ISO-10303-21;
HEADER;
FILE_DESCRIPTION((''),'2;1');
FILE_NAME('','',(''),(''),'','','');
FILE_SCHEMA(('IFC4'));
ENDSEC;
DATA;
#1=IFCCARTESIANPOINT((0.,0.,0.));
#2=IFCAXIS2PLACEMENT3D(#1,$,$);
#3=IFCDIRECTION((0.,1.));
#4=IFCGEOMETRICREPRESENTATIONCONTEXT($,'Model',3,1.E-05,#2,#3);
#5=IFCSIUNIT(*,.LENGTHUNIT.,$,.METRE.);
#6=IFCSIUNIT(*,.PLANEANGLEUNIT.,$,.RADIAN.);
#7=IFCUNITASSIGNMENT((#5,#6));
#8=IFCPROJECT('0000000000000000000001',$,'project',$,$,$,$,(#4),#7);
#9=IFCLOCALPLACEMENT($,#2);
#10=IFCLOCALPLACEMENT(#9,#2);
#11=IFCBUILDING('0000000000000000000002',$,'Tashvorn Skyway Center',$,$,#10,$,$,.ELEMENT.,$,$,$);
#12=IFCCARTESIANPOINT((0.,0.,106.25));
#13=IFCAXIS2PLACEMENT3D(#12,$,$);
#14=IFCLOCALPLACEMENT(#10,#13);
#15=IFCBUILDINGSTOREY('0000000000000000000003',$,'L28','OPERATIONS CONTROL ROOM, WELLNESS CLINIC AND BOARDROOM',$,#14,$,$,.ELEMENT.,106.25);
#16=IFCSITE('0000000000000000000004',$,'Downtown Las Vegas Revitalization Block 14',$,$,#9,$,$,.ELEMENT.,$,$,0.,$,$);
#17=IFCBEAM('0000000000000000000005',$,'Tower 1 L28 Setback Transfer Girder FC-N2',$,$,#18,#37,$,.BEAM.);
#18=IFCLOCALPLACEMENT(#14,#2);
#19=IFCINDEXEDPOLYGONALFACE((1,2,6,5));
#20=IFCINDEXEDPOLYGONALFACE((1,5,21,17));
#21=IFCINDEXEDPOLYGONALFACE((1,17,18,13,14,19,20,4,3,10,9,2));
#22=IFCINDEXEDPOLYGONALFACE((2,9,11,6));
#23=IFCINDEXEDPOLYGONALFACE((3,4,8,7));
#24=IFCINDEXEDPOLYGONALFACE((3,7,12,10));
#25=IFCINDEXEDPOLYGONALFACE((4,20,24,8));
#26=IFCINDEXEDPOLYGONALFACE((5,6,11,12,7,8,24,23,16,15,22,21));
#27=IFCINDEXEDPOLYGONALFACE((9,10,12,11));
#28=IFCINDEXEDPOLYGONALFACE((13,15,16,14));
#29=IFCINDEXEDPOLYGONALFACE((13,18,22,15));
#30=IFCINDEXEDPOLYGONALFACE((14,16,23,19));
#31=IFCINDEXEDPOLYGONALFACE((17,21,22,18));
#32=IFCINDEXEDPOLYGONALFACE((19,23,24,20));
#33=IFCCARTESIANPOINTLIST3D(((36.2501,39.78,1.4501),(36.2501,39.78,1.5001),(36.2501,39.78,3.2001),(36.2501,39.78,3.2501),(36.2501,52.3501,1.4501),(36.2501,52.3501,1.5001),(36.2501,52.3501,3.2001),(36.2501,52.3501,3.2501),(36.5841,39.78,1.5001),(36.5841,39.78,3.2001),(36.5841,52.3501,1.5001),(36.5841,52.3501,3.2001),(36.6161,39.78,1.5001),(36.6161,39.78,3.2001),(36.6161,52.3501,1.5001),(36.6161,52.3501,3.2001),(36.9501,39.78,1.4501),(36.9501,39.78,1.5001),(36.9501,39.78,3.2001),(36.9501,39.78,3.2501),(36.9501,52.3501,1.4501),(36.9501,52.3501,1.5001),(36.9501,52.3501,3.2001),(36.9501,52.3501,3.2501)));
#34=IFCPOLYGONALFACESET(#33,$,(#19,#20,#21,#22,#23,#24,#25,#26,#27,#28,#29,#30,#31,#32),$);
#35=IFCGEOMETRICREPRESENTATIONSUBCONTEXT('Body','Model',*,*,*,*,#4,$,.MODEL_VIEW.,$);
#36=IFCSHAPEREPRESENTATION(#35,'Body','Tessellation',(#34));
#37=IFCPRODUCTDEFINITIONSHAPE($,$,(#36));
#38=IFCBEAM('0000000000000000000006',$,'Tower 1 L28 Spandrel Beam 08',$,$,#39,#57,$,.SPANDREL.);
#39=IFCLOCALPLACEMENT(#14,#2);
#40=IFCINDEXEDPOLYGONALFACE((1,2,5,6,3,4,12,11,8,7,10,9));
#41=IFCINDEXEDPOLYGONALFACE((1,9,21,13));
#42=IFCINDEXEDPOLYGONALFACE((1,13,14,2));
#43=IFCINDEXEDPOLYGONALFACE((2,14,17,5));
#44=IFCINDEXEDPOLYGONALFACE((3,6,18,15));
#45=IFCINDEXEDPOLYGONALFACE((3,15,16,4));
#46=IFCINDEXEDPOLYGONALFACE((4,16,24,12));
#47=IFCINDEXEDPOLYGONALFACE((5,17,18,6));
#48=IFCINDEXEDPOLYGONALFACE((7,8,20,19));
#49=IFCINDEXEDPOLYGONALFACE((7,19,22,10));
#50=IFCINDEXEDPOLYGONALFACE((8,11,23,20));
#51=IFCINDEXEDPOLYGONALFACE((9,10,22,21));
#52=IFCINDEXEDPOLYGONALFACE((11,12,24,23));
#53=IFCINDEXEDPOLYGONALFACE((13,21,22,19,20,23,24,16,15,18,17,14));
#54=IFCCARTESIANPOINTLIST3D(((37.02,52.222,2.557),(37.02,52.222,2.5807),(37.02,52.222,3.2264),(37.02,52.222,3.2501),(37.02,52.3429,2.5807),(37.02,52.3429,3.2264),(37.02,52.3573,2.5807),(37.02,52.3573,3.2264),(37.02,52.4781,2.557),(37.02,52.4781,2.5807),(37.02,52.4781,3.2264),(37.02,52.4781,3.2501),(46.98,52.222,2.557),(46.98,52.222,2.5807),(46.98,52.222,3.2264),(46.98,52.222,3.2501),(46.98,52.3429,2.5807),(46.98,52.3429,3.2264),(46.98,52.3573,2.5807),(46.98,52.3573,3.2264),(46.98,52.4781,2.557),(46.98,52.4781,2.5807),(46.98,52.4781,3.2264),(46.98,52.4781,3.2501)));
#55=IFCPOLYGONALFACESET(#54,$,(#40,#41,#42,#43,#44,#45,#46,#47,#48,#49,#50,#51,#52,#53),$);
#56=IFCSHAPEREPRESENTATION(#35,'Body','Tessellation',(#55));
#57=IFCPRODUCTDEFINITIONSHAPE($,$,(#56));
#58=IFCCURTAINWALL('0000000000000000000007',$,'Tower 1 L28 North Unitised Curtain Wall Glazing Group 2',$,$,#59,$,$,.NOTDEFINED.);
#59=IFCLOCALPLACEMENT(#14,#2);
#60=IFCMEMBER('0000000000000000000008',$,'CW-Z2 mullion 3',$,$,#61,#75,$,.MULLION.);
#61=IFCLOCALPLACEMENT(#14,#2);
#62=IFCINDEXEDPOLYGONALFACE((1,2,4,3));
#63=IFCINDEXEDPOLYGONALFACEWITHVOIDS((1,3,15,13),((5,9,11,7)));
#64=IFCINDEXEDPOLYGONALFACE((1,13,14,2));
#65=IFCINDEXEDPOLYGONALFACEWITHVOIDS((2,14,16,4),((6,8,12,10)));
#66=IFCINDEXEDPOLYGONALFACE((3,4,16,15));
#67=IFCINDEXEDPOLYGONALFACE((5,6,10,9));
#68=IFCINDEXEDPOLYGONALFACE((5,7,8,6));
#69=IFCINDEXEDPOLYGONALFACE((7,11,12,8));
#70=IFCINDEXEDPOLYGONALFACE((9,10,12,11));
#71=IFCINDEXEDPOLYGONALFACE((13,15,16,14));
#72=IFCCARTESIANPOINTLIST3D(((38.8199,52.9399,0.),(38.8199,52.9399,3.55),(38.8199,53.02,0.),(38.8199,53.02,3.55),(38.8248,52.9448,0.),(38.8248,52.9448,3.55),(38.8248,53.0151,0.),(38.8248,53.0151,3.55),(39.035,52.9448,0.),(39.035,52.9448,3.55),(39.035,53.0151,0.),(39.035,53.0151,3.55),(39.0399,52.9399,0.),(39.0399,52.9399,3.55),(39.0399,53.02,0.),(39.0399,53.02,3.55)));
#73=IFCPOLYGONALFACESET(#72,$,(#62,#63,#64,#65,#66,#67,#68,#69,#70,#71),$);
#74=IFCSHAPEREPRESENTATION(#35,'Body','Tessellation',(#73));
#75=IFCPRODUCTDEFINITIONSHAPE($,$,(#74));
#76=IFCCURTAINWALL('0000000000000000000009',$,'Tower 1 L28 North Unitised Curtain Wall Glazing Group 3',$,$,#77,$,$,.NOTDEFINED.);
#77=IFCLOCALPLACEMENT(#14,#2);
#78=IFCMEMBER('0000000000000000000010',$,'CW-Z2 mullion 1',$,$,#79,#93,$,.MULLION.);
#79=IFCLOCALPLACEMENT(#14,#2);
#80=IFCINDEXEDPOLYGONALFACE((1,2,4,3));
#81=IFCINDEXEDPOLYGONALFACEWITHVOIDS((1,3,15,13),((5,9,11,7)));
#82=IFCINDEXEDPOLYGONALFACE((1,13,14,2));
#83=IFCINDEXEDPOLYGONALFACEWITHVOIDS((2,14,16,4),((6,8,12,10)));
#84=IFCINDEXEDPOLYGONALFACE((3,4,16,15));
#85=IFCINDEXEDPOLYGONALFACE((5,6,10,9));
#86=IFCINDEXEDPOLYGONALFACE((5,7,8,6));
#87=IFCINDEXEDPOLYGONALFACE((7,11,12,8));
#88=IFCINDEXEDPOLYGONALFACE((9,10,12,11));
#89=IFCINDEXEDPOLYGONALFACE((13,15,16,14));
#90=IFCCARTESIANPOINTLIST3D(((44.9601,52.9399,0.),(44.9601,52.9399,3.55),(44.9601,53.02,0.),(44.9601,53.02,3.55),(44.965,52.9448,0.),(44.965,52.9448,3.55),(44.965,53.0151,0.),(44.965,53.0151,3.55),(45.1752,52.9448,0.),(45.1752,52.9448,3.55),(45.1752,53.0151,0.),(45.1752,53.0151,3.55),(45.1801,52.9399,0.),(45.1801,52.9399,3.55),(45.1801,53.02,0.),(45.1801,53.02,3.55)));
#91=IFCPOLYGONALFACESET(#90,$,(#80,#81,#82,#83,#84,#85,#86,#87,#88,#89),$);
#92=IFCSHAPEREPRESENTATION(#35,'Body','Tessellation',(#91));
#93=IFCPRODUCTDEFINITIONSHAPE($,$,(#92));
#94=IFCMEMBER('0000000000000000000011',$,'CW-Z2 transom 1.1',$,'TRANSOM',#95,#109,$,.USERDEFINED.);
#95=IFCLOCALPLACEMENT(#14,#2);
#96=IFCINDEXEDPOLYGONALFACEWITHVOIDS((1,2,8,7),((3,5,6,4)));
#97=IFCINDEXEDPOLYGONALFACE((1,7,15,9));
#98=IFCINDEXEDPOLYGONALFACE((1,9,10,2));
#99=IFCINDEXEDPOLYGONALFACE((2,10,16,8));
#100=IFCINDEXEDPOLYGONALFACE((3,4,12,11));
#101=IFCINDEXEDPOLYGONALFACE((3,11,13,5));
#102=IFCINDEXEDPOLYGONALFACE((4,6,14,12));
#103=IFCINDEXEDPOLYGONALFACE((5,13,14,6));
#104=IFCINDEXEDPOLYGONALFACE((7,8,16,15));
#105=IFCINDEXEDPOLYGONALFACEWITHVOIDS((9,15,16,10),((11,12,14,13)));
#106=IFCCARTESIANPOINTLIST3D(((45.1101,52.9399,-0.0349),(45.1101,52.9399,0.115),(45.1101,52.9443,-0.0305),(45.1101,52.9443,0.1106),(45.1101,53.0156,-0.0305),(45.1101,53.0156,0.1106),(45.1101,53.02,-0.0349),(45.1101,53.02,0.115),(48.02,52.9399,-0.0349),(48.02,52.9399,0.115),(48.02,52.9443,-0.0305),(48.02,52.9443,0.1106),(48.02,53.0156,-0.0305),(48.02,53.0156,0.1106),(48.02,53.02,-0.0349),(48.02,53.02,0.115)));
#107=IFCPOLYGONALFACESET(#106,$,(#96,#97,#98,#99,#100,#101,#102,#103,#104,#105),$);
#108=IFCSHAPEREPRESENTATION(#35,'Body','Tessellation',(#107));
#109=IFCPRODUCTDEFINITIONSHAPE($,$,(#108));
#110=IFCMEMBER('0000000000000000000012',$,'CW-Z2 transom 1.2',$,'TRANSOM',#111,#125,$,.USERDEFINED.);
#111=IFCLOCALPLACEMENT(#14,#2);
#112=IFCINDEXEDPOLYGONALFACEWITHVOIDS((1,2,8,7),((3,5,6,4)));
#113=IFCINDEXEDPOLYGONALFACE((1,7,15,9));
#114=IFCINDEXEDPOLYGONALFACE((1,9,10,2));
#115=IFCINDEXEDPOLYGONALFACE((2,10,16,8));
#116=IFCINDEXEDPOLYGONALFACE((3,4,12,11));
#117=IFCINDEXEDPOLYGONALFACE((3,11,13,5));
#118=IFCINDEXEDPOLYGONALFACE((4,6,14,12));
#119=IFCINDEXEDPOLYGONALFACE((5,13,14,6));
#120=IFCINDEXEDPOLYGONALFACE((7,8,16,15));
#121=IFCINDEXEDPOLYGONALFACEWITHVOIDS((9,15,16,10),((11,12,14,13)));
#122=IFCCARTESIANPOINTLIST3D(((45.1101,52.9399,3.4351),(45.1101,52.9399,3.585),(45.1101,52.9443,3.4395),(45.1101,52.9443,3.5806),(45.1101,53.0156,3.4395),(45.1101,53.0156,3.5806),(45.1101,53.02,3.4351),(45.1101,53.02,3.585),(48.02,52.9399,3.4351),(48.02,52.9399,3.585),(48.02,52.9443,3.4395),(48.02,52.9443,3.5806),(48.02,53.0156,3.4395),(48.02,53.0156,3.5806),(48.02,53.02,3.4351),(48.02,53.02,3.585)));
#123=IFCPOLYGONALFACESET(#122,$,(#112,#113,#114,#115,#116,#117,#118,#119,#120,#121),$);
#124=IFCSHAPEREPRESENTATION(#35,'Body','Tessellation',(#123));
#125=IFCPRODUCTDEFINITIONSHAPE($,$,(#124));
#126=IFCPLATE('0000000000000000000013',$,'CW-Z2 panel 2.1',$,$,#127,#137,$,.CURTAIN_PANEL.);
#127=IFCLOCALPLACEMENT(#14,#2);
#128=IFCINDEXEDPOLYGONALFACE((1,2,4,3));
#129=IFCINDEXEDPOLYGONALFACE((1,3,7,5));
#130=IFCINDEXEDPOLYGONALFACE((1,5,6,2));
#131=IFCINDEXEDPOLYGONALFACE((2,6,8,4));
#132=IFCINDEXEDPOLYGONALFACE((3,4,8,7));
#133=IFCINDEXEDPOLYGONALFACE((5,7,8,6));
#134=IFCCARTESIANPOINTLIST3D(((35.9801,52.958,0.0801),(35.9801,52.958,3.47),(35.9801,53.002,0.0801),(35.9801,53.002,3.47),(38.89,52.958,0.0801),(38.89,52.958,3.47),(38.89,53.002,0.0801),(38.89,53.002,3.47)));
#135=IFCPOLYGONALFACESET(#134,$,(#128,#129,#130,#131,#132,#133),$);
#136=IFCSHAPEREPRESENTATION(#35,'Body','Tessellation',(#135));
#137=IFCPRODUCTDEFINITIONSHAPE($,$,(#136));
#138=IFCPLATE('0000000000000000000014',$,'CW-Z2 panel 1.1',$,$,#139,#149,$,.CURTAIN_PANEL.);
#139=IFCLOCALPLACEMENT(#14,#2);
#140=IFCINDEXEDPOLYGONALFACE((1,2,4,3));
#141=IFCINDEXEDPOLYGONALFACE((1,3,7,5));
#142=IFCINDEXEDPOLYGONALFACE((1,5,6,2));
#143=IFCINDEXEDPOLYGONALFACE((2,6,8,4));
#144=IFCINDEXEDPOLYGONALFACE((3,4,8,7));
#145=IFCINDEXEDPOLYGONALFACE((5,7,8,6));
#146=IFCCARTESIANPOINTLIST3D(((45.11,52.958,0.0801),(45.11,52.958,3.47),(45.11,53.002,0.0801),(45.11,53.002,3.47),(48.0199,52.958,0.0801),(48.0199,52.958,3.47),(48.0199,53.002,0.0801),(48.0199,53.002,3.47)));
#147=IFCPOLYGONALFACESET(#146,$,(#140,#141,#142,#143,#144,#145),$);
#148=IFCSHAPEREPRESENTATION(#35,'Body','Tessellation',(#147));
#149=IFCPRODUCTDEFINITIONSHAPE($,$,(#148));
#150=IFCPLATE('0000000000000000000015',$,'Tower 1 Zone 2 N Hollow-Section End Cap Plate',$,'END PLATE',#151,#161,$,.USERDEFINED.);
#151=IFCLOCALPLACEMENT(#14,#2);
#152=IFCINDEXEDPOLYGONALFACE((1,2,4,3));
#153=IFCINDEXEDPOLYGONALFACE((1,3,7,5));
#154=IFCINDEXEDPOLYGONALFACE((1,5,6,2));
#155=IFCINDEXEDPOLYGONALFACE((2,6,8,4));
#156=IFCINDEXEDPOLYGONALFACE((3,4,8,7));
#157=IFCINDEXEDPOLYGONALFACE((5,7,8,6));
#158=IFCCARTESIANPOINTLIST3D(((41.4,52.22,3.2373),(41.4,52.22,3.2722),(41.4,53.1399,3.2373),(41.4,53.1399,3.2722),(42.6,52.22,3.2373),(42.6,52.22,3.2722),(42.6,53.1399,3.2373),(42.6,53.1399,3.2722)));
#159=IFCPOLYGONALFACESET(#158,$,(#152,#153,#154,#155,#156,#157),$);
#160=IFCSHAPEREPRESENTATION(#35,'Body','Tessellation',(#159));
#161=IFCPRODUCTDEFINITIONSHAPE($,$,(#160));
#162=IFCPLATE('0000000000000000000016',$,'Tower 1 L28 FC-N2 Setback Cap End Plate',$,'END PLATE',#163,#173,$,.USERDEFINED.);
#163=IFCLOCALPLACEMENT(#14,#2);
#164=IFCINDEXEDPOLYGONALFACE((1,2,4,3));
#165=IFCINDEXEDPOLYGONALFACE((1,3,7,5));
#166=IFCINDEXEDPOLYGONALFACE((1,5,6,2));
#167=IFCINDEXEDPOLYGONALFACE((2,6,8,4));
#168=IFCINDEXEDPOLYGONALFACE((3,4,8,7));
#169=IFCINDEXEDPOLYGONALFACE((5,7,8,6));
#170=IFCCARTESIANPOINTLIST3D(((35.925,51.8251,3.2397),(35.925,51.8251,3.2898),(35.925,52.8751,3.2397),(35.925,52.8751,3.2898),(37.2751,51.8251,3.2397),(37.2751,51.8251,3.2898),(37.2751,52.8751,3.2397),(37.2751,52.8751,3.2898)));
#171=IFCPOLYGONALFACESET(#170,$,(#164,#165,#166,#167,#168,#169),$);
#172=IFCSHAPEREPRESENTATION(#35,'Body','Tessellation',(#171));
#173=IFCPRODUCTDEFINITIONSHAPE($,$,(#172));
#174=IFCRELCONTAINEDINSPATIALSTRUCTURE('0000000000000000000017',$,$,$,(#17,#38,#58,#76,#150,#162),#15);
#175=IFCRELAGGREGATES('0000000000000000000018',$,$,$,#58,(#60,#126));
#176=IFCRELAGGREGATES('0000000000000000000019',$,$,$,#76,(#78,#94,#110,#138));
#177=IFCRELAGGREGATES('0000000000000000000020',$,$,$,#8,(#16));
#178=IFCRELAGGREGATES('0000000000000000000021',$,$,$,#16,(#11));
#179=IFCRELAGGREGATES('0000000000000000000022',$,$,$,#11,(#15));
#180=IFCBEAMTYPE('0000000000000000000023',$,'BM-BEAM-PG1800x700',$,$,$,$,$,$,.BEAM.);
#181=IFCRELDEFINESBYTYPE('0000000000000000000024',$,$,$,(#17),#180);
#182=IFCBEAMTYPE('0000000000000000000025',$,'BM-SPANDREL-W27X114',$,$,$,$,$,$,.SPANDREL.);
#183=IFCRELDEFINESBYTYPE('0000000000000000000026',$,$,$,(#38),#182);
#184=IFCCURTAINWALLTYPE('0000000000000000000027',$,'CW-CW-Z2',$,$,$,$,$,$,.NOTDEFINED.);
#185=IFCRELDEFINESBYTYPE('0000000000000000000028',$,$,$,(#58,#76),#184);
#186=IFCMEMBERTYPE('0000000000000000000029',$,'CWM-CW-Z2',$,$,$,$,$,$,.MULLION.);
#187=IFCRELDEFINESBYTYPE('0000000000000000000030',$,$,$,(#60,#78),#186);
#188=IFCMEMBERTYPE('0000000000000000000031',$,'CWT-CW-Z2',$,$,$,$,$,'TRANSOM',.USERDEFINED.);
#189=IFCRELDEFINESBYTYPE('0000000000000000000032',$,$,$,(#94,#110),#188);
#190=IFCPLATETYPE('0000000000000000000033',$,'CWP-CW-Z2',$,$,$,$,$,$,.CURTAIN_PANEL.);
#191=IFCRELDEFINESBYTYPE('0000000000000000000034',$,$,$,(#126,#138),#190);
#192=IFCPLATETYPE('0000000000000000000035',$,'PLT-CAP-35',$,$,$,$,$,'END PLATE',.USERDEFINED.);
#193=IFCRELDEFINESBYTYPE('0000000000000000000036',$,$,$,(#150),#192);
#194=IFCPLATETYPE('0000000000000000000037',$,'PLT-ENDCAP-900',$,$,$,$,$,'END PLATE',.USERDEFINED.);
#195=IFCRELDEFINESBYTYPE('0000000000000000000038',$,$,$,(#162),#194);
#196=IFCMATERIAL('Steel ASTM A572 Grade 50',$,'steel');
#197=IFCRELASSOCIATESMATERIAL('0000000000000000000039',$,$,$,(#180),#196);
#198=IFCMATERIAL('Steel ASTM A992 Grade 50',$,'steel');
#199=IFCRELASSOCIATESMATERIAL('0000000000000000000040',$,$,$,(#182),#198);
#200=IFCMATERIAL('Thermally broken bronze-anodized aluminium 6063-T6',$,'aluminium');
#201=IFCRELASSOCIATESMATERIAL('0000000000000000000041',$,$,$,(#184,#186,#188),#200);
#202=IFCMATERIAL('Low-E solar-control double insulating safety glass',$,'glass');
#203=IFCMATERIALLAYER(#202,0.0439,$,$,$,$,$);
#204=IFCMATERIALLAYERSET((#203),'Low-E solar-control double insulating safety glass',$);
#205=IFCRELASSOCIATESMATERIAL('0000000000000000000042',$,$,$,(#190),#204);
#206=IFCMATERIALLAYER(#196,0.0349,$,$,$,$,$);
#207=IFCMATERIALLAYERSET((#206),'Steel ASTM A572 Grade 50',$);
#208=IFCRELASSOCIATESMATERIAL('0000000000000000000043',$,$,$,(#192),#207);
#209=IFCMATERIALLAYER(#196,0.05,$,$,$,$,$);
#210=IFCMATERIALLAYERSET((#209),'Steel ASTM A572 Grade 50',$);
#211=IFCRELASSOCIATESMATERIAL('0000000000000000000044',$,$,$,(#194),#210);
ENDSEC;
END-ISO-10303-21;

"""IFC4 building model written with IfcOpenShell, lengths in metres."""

from ifc_helpers import new_model, si_unit, direction, frame, origin, origin_2d, place, context, subcontext, project, spatial, rectangle, hollow_rectangle, i_section, extrude, material, layer, layer_set, material_profile, profile_set, type_object, element, aggregate, save


model = new_model("IFC4")

# Units and contexts
model_context = context("Model", 3, precision=1e-05, world=origin(), true_north=direction((0.0, 1.0)))
body_context = subcontext(model_context, "Body", "Model", "MODEL_VIEW")
ifc_project = project(units=[si_unit("LENGTHUNIT", "METRE"), si_unit("PLANEANGLEUNIT", "RADIAN")], contexts=[model_context])

# Site, building, storey
site_placement = place(None, origin())
site = spatial("IfcSite", under=ifc_project, at=site_placement, Name="Downtown Las Vegas Revitalization Block 14", CompositionType="ELEMENT", RefElevation=0.0)
building_placement = place(site_placement, origin())
building = spatial("IfcBuilding", under=site, at=building_placement, Name="Tashvorn Skyway Center", CompositionType="ELEMENT")
storey_placement = place(building_placement, frame((0.0, 0.0, 106.25)))
storey = spatial("IfcBuildingStorey", under=building, at=storey_placement, Name="L28", Description="OPERATIONS CONTROL ROOM, WELLNESS CLINIC AND BOARDROOM", CompositionType="ELEMENT", Elevation=106.25)

# Beams
ifc_material_1 = material(Name="Steel ASTM A572 Grade 50", Category="steel")
ifc_material_profile_1 = material_profile(ifc_material_1, i_section(OverallWidth=0.7, OverallDepth=1.8, WebThickness=0.032, FlangeThickness=0.05, at=origin_2d()), Name="PG1800x700")
ifc_profile_set_1 = profile_set([ifc_material_profile_1], Name="Steel ASTM A572 Grade 50")
beam_type_1 = type_object("IfcBeamType", Name="BM-BEAM-PG1800x700", PredefinedType="BEAM", material=ifc_profile_set_1)
beam_1_placement = place(storey_placement, frame((36.6001, 52.3501, 2.3501), z_axis=(0.0, -1.0, 0.0), x_axis=(1.0, 0.0, 0.0)))
element("IfcBeam", 1, at=beam_1_placement, inside=storey, type_object=beam_type_1, Name="Tower 1 L28 Setback Transfer Girder FC-N2", PredefinedType="BEAM", context=body_context, shape_type="SweptSolid", body=[
    extrude(i_section(OverallWidth=0.7, OverallDepth=1.8, WebThickness=0.032, FlangeThickness=0.05, at=origin_2d()), origin(), (0.0, 0.0, 1.0), 12.5701),
])
ifc_material_2 = material(Name="Steel ASTM A992 Grade 50", Category="steel")
ifc_material_profile_2 = material_profile(ifc_material_2, i_section(OverallWidth=0.2561, OverallDepth=0.6931, WebThickness=0.0144, FlangeThickness=0.0237, at=origin_2d()), Name="W27X114")
ifc_profile_set_2 = profile_set([ifc_material_profile_2], Name="Steel ASTM A992 Grade 50")
beam_type_2 = type_object("IfcBeamType", Name="BM-SPANDREL-W27X114", PredefinedType="SPANDREL", material=ifc_profile_set_2)
beam_2_placement = place(storey_placement, frame((46.98, 52.3501, 2.9036), z_axis=(-1.0, 0.0, 0.0), x_axis=(0.0, -1.0, 0.0)))
element("IfcBeam", 2, at=beam_2_placement, inside=storey, type_object=beam_type_2, Name="Tower 1 L28 Spandrel Beam 08", PredefinedType="SPANDREL", context=body_context, shape_type="SweptSolid", body=[
    extrude(i_section(OverallWidth=0.2561, OverallDepth=0.6931, WebThickness=0.0144, FlangeThickness=0.0237, at=origin_2d()), origin(), (0.0, 0.0, 1.0), 9.96),
])

# Curtain wall, member
ifc_material_3 = material(Name="Thermally broken bronze-anodized aluminium 6063-T6", Category="aluminium")
curtain_wall_type = type_object("IfcCurtainWallType", Name="CW-CW-Z2", PredefinedType="NOTDEFINED", material=ifc_material_3)
curtain_wall_1_placement = place(storey_placement, origin())
curtain_wall_1 = element("IfcCurtainWall", 3, at=curtain_wall_1_placement, inside=storey, type_object=curtain_wall_type, Name="Tower 1 L28 North Unitised Curtain Wall Glazing Group 2", PredefinedType="NOTDEFINED")
ifc_material_profile_3 = material_profile(ifc_material_3, hollow_rectangle(XDim=0.0801, YDim=0.22, WallThickness=0.0049, at=origin_2d()), Name="ALU-MULL-80x220")
ifc_profile_set_3 = profile_set([ifc_material_profile_3], Name="Thermally broken bronze-anodized aluminium 6063-T6")
member_type_1 = type_object("IfcMemberType", Name="CWM-CW-Z2", PredefinedType="MULLION", material=ifc_profile_set_3)
member_1_placement = place(storey_placement, frame((38.9299, 52.98, 0.0), z_axis=(0.0, 0.0, 1.0), x_axis=(0.0, 1.0, 0.0)))
member_1 = element("IfcMember", 4, at=member_1_placement, type_object=member_type_1, Name="CW-Z2 mullion 3", PredefinedType="MULLION", context=body_context, shape_type="SweptSolid", body=[
    extrude(hollow_rectangle(XDim=0.0801, YDim=0.22, WallThickness=0.0049, at=origin_2d()), origin(), (0.0, 0.0, 1.0), 3.55),
])

# Curtain wall, members
curtain_wall_2_placement = place(storey_placement, origin())
curtain_wall_2 = element("IfcCurtainWall", 5, at=curtain_wall_2_placement, inside=storey, type_object=curtain_wall_type, Name="Tower 1 L28 North Unitised Curtain Wall Glazing Group 3", PredefinedType="NOTDEFINED")
member_2_placement = place(storey_placement, frame((45.0701, 52.98, 0.0), z_axis=(0.0, 0.0, 1.0), x_axis=(0.0, 1.0, 0.0)))
member_2 = element("IfcMember", 6, at=member_2_placement, type_object=member_type_1, Name="CW-Z2 mullion 1", PredefinedType="MULLION", context=body_context, shape_type="SweptSolid", body=[
    extrude(hollow_rectangle(XDim=0.0801, YDim=0.22, WallThickness=0.0049, at=origin_2d()), origin(), (0.0, 0.0, 1.0), 3.55),
])
ifc_material_profile_4 = material_profile(ifc_material_3, hollow_rectangle(XDim=0.0801, YDim=0.1499, WallThickness=0.0044, at=origin_2d()), Name="ALU-TRAN-80x150")
ifc_profile_set_4 = profile_set([ifc_material_profile_4], Name="Thermally broken bronze-anodized aluminium 6063-T6")
member_type_2 = type_object("IfcMemberType", Name="CWT-CW-Z2", ElementType="TRANSOM", PredefinedType="USERDEFINED", material=ifc_profile_set_4)
member_3_placement = place(storey_placement, frame((45.1101, 52.98, 0.04), z_axis=(1.0, 0.0, 0.0), x_axis=(0.0, 1.0, 0.0)))
member_3 = element("IfcMember", 7, at=member_3_placement, type_object=member_type_2, Name="CW-Z2 transom 1.1", ObjectType="TRANSOM", PredefinedType="USERDEFINED", context=body_context, shape_type="SweptSolid", body=[
    extrude(hollow_rectangle(XDim=0.0801, YDim=0.1499, WallThickness=0.0044, at=origin_2d()), origin(), (0.0, 0.0, 1.0), 2.9099),
])
member_4_placement = place(storey_placement, frame((45.1101, 52.98, 3.51), z_axis=(1.0, 0.0, 0.0), x_axis=(0.0, 1.0, 0.0)))
member_4 = element("IfcMember", 8, at=member_4_placement, type_object=member_type_2, Name="CW-Z2 transom 1.2", ObjectType="TRANSOM", PredefinedType="USERDEFINED", context=body_context, shape_type="SweptSolid", body=[
    extrude(hollow_rectangle(XDim=0.0801, YDim=0.1499, WallThickness=0.0044, at=origin_2d()), origin(), (0.0, 0.0, 1.0), 2.9099),
])

# Plates
ifc_material_4 = material(Name="Low-E solar-control double insulating safety glass", Category="glass")
ifc_layer_1 = layer(ifc_material_4, 0.0439)
ifc_layer_set_1 = layer_set([ifc_layer_1], Name="Low-E solar-control double insulating safety glass")
plate_type_1 = type_object("IfcPlateType", Name="CWP-CW-Z2", PredefinedType="CURTAIN_PANEL", material=ifc_layer_set_1)
plate_1_placement = place(storey_placement, frame((37.4351, 52.98, 0.0801), z_axis=(0.0, 0.0, 1.0), x_axis=(1.0, 0.0, 0.0)))
plate_1 = element("IfcPlate", 9, at=plate_1_placement, type_object=plate_type_1, Name="CW-Z2 panel 2.1", PredefinedType="CURTAIN_PANEL", context=body_context, shape_type="SweptSolid", body=[
    extrude(rectangle(XDim=2.9099, YDim=0.0439, at=origin_2d()), origin(), (0.0, 0.0, 1.0), 3.3899),
])
aggregate(curtain_wall_1, [member_1, plate_1])
plate_2_placement = place(storey_placement, frame((46.5649, 52.98, 0.0801), z_axis=(0.0, 0.0, 1.0), x_axis=(1.0, 0.0, 0.0)))
plate_2 = element("IfcPlate", 10, at=plate_2_placement, type_object=plate_type_1, Name="CW-Z2 panel 1.1", PredefinedType="CURTAIN_PANEL", context=body_context, shape_type="SweptSolid", body=[
    extrude(rectangle(XDim=2.9099, YDim=0.0439, at=origin_2d()), origin(), (0.0, 0.0, 1.0), 3.3899),
])
aggregate(curtain_wall_2, [member_2, member_3, member_4, plate_2])

# Plates
ifc_layer_2 = layer(ifc_material_1, 0.0349)
ifc_layer_set_2 = layer_set([ifc_layer_2], Name="Steel ASTM A572 Grade 50")
plate_type_2 = type_object("IfcPlateType", Name="PLT-CAP-35", ElementType="END PLATE", PredefinedType="USERDEFINED", material=ifc_layer_set_2)
plate_3_placement = place(storey_placement, frame((42.0, 52.6799, 3.2373), z_axis=(0.0, 0.0, 1.0), x_axis=(-1.0, 0.0, 0.0)))
element("IfcPlate", 11, at=plate_3_placement, inside=storey, type_object=plate_type_2, Name="Tower 1 Zone 2 N Hollow-Section End Cap Plate", ObjectType="END PLATE", PredefinedType="USERDEFINED", context=body_context, shape_type="SweptSolid", body=[
    extrude(rectangle(XDim=1.2, YDim=0.9199, at=origin_2d()), origin(), (0.0, 0.0, 1.0), 0.0349),
])
ifc_layer_3 = layer(ifc_material_1, 0.05)
ifc_layer_set_3 = layer_set([ifc_layer_3], Name="Steel ASTM A572 Grade 50")
plate_type_3 = type_object("IfcPlateType", Name="PLT-ENDCAP-900", ElementType="END PLATE", PredefinedType="USERDEFINED", material=ifc_layer_set_3)
plate_4_placement = place(storey_placement, frame((36.6001, 52.3501, 3.2397), z_axis=(0.0, 0.0, 1.0), x_axis=(1.0, 0.0, 0.0)))
element("IfcPlate", 12, at=plate_4_placement, inside=storey, type_object=plate_type_3, Name="Tower 1 L28 FC-N2 Setback Cap End Plate", ObjectType="END PLATE", PredefinedType="USERDEFINED", context=body_context, shape_type="SweptSolid", body=[
    extrude(rectangle(XDim=1.3501, YDim=1.05, at=origin_2d()), origin(), (0.0, 0.0, 1.0), 0.05),
])

save(model, "model.ifc")
